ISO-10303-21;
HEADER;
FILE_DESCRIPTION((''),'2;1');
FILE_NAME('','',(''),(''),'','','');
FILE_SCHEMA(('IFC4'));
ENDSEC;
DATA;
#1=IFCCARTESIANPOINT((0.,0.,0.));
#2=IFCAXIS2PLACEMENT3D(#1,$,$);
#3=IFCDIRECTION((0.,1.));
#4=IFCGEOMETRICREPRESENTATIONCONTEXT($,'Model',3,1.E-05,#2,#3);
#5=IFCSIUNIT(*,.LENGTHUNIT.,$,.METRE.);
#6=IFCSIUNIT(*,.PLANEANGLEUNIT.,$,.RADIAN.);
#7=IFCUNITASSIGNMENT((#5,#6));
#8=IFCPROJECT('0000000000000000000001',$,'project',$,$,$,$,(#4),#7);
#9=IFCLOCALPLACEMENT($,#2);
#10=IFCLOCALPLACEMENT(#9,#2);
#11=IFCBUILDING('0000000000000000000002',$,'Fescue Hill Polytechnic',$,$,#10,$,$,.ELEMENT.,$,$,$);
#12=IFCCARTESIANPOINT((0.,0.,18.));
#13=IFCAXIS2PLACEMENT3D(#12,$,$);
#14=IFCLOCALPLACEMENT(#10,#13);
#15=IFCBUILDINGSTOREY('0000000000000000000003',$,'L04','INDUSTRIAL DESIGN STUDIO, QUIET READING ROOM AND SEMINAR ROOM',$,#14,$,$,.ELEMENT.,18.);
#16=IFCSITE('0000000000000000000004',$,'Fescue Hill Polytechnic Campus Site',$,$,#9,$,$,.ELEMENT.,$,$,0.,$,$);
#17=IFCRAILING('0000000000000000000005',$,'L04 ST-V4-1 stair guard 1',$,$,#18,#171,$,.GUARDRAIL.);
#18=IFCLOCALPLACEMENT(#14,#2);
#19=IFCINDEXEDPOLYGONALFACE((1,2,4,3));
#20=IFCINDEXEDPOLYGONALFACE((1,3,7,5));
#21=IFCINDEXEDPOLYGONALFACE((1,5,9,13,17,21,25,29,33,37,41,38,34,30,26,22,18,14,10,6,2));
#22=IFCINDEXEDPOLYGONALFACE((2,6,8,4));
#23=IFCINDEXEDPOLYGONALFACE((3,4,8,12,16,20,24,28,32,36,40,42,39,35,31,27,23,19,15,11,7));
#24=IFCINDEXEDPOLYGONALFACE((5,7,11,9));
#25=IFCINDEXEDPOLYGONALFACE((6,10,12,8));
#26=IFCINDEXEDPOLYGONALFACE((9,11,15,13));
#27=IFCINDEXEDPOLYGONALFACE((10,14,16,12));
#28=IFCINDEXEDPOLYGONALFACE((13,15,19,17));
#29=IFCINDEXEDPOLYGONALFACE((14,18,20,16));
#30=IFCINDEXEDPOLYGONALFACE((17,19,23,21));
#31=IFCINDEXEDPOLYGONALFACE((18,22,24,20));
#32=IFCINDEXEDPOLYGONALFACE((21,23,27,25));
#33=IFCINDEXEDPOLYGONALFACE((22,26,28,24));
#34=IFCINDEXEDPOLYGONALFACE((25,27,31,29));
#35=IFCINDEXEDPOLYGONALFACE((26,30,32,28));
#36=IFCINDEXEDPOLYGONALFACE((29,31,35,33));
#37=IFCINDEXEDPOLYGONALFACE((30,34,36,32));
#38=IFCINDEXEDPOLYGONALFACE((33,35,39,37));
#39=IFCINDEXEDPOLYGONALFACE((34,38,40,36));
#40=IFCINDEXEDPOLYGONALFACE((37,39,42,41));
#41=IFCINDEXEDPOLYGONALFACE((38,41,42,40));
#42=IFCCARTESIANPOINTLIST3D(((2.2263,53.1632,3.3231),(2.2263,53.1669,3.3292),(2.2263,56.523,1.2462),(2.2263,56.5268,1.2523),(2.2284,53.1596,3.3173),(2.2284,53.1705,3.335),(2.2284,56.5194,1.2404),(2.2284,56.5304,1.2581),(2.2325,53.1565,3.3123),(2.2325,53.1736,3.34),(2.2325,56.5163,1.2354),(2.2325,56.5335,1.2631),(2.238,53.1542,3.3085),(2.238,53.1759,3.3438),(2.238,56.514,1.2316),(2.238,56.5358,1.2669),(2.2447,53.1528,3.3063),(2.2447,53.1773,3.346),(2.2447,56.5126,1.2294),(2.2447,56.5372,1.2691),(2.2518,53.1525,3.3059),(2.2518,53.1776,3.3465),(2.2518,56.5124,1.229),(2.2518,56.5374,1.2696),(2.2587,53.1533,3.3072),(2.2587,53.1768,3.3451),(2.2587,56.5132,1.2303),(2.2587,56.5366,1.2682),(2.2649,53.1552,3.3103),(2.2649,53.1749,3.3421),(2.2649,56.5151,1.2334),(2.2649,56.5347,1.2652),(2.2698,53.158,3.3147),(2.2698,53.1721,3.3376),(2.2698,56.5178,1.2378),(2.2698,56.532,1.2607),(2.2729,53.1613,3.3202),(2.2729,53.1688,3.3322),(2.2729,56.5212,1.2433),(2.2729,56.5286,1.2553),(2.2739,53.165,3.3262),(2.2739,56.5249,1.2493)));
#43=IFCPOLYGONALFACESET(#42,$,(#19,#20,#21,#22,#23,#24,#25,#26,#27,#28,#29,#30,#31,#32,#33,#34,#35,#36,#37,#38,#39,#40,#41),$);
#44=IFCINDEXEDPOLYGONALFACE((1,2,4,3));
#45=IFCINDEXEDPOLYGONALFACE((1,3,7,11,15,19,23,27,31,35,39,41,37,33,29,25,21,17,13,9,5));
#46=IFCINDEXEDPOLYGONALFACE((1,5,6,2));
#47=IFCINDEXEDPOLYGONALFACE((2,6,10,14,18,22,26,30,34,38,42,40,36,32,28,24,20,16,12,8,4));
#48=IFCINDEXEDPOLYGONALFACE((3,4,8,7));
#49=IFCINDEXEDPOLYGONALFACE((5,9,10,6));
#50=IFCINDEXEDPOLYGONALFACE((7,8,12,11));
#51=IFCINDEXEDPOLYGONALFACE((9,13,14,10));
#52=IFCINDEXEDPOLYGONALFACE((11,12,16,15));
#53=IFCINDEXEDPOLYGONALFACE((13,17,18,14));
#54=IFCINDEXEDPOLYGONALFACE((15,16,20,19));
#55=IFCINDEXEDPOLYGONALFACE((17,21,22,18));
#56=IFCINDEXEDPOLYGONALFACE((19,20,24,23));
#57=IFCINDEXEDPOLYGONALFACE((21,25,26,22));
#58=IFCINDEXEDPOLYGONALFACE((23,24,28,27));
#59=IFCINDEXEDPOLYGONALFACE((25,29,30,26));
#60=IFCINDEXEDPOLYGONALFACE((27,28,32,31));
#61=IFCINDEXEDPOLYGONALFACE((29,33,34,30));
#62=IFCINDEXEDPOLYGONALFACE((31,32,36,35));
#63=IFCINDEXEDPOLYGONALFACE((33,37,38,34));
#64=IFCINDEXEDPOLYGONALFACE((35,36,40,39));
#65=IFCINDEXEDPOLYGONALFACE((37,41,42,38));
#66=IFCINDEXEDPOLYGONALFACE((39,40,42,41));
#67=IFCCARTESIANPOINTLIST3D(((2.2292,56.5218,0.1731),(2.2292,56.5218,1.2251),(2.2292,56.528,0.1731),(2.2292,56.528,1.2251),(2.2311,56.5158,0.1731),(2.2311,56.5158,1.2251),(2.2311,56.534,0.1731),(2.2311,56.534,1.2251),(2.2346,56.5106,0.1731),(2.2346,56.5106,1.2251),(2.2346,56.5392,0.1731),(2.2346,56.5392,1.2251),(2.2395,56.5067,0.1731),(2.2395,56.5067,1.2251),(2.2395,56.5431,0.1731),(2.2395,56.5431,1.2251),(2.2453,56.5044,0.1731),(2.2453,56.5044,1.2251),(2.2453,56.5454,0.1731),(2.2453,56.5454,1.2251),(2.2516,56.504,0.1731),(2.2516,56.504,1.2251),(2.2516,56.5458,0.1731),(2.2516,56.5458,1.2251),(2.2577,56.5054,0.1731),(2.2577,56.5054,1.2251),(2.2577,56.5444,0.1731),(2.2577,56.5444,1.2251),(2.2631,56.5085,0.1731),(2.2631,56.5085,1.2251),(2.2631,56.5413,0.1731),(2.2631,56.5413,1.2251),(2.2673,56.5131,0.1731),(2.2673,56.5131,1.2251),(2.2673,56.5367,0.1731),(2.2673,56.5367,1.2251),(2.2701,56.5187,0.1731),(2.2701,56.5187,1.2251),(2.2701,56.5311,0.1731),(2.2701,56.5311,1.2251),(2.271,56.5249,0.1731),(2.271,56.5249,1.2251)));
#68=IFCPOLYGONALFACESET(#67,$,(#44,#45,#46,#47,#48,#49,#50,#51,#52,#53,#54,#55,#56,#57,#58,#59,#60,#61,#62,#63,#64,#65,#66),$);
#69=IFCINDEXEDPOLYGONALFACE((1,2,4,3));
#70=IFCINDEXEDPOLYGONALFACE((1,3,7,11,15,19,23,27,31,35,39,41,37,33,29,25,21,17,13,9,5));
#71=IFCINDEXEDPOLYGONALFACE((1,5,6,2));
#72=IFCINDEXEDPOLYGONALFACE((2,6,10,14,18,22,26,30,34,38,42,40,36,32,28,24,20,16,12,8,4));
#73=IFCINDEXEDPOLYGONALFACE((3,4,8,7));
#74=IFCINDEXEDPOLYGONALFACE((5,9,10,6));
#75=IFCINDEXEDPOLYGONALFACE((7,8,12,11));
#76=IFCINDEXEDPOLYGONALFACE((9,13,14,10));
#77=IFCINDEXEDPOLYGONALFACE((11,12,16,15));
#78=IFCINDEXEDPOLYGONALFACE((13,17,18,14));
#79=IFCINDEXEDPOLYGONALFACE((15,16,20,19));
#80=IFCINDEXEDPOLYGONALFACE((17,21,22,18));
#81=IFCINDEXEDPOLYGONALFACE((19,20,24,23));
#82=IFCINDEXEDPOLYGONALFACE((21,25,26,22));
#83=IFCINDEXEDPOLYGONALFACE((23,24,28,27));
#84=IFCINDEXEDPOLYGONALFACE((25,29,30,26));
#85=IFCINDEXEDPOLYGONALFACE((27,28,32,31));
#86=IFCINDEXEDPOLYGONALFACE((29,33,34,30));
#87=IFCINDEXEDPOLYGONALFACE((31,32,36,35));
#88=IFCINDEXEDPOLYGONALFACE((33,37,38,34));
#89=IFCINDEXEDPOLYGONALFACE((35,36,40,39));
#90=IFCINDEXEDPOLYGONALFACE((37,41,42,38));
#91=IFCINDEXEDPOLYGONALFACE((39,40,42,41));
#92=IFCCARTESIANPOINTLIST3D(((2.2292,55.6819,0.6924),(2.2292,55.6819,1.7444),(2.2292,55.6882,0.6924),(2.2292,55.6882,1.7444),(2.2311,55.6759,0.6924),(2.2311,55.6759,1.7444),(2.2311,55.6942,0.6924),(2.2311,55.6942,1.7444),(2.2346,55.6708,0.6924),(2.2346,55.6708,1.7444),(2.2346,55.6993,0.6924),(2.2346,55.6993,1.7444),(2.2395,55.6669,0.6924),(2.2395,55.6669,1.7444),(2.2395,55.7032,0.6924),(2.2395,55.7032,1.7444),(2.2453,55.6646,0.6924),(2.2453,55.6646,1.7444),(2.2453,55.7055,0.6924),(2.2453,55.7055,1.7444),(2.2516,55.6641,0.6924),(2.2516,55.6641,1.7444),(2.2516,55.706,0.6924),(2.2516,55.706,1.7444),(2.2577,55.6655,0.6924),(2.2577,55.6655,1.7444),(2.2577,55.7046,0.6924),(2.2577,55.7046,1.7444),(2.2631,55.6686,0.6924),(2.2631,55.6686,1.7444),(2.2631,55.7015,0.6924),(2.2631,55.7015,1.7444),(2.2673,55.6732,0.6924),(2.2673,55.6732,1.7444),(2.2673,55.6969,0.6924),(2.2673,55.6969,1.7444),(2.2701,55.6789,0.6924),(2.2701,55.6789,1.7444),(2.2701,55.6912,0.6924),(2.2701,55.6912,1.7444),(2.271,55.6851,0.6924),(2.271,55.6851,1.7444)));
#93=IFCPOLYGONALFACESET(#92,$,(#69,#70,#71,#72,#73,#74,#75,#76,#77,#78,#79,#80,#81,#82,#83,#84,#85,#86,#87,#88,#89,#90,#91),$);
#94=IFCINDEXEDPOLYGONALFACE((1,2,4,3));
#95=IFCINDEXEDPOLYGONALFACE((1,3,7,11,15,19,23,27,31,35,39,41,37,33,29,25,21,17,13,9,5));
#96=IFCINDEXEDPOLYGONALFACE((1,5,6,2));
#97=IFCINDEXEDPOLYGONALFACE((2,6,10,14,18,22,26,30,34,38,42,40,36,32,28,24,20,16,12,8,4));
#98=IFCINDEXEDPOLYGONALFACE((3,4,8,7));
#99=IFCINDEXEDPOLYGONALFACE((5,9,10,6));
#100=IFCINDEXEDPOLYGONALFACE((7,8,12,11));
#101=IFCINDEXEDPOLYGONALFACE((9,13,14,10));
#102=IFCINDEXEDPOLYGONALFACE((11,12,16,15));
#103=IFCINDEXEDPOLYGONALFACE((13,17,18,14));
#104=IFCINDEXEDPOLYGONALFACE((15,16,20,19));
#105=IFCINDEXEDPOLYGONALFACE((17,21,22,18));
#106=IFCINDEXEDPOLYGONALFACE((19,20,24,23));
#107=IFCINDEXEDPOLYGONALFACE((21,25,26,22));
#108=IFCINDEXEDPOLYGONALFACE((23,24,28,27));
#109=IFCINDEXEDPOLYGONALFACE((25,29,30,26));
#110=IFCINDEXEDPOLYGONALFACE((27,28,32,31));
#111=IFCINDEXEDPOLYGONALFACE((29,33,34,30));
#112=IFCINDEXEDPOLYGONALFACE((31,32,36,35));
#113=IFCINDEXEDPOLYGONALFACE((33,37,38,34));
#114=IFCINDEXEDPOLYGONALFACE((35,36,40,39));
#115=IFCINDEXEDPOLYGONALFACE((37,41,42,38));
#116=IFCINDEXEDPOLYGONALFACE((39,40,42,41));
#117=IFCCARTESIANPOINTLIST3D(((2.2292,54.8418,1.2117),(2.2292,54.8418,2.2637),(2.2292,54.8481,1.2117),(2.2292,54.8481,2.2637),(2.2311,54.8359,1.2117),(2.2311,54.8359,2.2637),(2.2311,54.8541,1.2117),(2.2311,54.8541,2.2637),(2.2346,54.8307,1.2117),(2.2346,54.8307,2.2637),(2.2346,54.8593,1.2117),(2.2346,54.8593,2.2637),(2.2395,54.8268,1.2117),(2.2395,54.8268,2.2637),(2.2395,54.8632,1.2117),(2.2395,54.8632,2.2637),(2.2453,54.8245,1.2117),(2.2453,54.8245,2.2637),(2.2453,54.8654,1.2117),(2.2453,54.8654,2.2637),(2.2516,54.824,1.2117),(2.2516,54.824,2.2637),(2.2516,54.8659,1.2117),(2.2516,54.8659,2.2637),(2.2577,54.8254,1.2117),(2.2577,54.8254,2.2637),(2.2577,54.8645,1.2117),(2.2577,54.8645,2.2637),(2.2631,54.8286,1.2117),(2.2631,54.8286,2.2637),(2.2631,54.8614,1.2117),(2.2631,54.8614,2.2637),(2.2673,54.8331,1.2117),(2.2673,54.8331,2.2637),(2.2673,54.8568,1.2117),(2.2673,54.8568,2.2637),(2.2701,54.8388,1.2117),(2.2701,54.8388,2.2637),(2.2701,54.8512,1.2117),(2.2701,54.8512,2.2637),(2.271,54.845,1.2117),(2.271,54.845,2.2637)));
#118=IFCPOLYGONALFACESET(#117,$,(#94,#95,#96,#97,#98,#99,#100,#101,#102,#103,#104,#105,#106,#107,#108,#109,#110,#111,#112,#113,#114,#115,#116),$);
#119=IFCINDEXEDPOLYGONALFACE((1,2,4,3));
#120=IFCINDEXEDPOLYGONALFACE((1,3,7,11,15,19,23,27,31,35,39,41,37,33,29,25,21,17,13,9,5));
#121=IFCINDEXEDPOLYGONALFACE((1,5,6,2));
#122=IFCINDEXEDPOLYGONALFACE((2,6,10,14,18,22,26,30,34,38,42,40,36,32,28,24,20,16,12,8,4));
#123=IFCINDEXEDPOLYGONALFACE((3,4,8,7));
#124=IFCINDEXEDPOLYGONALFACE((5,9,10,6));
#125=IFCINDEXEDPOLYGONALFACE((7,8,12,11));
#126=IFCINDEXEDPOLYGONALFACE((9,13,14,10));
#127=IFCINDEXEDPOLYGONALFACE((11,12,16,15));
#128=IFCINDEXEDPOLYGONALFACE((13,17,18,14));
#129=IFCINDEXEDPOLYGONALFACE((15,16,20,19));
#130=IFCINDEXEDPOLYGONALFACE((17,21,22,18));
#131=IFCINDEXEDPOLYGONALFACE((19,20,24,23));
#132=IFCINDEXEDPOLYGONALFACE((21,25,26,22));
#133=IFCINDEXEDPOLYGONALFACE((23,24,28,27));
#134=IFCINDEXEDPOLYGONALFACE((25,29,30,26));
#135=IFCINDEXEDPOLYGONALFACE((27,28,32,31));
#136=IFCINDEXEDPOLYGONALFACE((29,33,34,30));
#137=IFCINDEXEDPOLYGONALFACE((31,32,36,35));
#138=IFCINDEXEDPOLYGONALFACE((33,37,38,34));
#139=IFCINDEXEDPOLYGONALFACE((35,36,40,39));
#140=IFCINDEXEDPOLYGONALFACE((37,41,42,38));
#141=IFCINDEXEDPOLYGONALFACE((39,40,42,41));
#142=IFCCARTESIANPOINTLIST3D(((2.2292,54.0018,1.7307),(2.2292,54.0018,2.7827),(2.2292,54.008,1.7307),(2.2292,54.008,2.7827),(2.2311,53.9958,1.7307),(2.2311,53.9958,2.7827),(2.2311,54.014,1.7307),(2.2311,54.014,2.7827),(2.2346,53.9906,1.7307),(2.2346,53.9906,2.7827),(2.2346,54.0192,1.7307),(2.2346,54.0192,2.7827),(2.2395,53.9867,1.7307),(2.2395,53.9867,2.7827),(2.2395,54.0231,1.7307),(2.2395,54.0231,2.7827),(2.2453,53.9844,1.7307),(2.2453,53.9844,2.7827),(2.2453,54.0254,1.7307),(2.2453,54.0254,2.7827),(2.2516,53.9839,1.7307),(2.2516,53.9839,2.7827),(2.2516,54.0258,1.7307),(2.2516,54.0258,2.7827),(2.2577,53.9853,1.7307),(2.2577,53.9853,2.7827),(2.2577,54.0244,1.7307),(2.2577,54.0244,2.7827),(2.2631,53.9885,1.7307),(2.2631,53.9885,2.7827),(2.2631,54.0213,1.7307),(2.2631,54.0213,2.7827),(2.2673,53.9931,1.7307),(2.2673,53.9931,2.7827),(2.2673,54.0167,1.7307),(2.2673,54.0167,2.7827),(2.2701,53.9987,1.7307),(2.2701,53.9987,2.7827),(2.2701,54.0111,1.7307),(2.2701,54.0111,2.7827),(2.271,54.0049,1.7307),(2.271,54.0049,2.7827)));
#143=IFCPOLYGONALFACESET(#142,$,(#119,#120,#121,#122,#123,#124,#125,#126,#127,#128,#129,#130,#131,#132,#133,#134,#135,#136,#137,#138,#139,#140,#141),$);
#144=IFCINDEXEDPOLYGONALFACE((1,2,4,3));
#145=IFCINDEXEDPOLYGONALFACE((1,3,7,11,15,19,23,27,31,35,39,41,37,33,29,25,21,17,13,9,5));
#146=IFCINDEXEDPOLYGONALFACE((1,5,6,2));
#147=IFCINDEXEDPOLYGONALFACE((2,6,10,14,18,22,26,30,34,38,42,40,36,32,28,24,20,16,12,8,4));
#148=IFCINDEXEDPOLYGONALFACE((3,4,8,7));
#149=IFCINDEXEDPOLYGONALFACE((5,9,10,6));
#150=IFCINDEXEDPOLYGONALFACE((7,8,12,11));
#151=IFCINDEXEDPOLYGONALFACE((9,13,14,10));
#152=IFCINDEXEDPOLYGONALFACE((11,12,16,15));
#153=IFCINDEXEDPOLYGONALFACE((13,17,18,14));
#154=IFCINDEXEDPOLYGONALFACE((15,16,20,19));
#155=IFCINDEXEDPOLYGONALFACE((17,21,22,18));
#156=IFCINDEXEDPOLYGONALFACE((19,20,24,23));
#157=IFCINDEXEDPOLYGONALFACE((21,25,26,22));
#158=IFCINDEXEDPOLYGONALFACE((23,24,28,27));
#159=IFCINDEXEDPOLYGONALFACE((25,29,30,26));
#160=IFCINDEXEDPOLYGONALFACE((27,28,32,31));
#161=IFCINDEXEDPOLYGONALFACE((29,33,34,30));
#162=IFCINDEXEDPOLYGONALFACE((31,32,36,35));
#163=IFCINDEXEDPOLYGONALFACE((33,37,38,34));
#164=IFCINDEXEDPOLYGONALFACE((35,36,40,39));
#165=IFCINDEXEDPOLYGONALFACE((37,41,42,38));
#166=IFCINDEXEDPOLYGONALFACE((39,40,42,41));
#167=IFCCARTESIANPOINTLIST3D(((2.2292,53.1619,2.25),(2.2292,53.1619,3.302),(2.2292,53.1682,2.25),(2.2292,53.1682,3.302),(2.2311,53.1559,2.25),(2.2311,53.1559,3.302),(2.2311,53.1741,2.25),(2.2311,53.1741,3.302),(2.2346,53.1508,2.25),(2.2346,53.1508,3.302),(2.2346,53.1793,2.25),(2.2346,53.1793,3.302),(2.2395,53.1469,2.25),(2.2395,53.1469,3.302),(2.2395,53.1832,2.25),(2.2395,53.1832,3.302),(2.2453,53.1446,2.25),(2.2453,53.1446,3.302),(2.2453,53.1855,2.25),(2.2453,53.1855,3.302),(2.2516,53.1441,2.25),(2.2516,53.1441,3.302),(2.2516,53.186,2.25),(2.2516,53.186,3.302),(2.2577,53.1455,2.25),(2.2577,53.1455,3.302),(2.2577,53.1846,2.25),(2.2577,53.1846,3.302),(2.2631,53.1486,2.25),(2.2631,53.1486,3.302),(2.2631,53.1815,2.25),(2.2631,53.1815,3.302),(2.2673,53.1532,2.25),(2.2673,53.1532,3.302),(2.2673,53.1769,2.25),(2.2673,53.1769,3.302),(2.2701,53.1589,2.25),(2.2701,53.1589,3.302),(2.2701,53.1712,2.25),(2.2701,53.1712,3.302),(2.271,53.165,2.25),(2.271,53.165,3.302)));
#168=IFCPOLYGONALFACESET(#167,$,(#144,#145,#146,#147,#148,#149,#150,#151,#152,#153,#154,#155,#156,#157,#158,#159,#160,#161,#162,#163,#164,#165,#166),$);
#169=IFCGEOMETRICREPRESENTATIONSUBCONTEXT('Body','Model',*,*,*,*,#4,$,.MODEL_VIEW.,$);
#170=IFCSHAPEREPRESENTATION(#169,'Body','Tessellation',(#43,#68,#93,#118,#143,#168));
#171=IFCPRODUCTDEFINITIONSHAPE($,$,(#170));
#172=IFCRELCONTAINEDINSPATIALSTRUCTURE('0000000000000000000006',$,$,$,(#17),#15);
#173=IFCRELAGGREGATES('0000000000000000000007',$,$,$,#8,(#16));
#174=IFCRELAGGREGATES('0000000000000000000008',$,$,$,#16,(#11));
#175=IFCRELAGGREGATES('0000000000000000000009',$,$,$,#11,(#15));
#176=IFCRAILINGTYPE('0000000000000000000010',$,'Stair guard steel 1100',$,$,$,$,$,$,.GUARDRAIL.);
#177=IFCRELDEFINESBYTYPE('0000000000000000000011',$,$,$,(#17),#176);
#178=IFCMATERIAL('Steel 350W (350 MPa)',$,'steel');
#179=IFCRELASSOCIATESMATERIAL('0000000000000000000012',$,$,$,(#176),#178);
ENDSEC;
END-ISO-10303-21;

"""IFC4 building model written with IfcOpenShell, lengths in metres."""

from ifc_helpers import new_model, si_unit, direction, frame, origin, origin_2d, place, context, subcontext, project, spatial, circle, extrude, material, type_object, element, save


model = new_model("IFC4")

# Units and contexts
model_context = context("Model", 3, precision=1e-05, world=origin(), true_north=direction((0.0, 1.0)))
body_context = subcontext(model_context, "Body", "Model", "MODEL_VIEW")
ifc_project = project(units=[si_unit("LENGTHUNIT", "METRE"), si_unit("PLANEANGLEUNIT", "RADIAN")], contexts=[model_context])

# Site, building, storey
site_placement = place(None, origin())
site = spatial("IfcSite", under=ifc_project, at=site_placement, Name="Fescue Hill Polytechnic Campus Site", CompositionType="ELEMENT", RefElevation=0.0)
building_placement = place(site_placement, origin())
building = spatial("IfcBuilding", under=site, at=building_placement, Name="Fescue Hill Polytechnic", CompositionType="ELEMENT")
storey_placement = place(building_placement, frame((0.0, 0.0, 18.0)))
storey = spatial("IfcBuildingStorey", under=building, at=storey_placement, Name="L04", Description="INDUSTRIAL DESIGN STUDIO, QUIET READING ROOM AND SEMINAR ROOM", CompositionType="ELEMENT", Elevation=18.0)

# Railing
ifc_material_1 = material(Name="Steel 350W (350 MPa)", Category="steel")
railing_type_1 = type_object("IfcRailingType", Name="Stair guard steel 1100", PredefinedType="GUARDRAIL", material=ifc_material_1)
railing_1_placement = place(storey_placement, frame((2.25, 56.5249, 0.1731)))
element("IfcRailing", 1, at=railing_1_placement, inside=storey, type_object=railing_type_1, Name="L04 ST-V4-1 stair guard 1", PredefinedType="GUARDRAIL", context=body_context, shape_type="SweptSolid", body=[
    extrude(circle(Radius=0.0239, at=origin_2d()), frame((0.0, 0.0, 1.0762), z_axis=(0.0, -0.850606, 0.525803), x_axis=(1.0, 0.0, 0.0)), (0.0, 0.0, 1.0), 3.95),
    extrude(circle(Radius=0.021, at=origin_2d()), origin(), (0.0, 0.0, 1.0), 1.052),
    extrude(circle(Radius=0.021, at=origin_2d()), frame((0.0, -0.8398, 0.5193)), (0.0, 0.0, 1.0), 1.052),
    extrude(circle(Radius=0.021, at=origin_2d()), frame((0.0, -1.6799, 1.0386)), (0.0, 0.0, 1.0), 1.052),
    extrude(circle(Radius=0.021, at=origin_2d()), frame((0.0, -2.52, 1.5576)), (0.0, 0.0, 1.0), 1.052),
    extrude(circle(Radius=0.021, at=origin_2d()), frame((0.0, -3.3599, 2.0769)), (0.0, 0.0, 1.0), 1.052),
])

save(model, "model.ifc")
